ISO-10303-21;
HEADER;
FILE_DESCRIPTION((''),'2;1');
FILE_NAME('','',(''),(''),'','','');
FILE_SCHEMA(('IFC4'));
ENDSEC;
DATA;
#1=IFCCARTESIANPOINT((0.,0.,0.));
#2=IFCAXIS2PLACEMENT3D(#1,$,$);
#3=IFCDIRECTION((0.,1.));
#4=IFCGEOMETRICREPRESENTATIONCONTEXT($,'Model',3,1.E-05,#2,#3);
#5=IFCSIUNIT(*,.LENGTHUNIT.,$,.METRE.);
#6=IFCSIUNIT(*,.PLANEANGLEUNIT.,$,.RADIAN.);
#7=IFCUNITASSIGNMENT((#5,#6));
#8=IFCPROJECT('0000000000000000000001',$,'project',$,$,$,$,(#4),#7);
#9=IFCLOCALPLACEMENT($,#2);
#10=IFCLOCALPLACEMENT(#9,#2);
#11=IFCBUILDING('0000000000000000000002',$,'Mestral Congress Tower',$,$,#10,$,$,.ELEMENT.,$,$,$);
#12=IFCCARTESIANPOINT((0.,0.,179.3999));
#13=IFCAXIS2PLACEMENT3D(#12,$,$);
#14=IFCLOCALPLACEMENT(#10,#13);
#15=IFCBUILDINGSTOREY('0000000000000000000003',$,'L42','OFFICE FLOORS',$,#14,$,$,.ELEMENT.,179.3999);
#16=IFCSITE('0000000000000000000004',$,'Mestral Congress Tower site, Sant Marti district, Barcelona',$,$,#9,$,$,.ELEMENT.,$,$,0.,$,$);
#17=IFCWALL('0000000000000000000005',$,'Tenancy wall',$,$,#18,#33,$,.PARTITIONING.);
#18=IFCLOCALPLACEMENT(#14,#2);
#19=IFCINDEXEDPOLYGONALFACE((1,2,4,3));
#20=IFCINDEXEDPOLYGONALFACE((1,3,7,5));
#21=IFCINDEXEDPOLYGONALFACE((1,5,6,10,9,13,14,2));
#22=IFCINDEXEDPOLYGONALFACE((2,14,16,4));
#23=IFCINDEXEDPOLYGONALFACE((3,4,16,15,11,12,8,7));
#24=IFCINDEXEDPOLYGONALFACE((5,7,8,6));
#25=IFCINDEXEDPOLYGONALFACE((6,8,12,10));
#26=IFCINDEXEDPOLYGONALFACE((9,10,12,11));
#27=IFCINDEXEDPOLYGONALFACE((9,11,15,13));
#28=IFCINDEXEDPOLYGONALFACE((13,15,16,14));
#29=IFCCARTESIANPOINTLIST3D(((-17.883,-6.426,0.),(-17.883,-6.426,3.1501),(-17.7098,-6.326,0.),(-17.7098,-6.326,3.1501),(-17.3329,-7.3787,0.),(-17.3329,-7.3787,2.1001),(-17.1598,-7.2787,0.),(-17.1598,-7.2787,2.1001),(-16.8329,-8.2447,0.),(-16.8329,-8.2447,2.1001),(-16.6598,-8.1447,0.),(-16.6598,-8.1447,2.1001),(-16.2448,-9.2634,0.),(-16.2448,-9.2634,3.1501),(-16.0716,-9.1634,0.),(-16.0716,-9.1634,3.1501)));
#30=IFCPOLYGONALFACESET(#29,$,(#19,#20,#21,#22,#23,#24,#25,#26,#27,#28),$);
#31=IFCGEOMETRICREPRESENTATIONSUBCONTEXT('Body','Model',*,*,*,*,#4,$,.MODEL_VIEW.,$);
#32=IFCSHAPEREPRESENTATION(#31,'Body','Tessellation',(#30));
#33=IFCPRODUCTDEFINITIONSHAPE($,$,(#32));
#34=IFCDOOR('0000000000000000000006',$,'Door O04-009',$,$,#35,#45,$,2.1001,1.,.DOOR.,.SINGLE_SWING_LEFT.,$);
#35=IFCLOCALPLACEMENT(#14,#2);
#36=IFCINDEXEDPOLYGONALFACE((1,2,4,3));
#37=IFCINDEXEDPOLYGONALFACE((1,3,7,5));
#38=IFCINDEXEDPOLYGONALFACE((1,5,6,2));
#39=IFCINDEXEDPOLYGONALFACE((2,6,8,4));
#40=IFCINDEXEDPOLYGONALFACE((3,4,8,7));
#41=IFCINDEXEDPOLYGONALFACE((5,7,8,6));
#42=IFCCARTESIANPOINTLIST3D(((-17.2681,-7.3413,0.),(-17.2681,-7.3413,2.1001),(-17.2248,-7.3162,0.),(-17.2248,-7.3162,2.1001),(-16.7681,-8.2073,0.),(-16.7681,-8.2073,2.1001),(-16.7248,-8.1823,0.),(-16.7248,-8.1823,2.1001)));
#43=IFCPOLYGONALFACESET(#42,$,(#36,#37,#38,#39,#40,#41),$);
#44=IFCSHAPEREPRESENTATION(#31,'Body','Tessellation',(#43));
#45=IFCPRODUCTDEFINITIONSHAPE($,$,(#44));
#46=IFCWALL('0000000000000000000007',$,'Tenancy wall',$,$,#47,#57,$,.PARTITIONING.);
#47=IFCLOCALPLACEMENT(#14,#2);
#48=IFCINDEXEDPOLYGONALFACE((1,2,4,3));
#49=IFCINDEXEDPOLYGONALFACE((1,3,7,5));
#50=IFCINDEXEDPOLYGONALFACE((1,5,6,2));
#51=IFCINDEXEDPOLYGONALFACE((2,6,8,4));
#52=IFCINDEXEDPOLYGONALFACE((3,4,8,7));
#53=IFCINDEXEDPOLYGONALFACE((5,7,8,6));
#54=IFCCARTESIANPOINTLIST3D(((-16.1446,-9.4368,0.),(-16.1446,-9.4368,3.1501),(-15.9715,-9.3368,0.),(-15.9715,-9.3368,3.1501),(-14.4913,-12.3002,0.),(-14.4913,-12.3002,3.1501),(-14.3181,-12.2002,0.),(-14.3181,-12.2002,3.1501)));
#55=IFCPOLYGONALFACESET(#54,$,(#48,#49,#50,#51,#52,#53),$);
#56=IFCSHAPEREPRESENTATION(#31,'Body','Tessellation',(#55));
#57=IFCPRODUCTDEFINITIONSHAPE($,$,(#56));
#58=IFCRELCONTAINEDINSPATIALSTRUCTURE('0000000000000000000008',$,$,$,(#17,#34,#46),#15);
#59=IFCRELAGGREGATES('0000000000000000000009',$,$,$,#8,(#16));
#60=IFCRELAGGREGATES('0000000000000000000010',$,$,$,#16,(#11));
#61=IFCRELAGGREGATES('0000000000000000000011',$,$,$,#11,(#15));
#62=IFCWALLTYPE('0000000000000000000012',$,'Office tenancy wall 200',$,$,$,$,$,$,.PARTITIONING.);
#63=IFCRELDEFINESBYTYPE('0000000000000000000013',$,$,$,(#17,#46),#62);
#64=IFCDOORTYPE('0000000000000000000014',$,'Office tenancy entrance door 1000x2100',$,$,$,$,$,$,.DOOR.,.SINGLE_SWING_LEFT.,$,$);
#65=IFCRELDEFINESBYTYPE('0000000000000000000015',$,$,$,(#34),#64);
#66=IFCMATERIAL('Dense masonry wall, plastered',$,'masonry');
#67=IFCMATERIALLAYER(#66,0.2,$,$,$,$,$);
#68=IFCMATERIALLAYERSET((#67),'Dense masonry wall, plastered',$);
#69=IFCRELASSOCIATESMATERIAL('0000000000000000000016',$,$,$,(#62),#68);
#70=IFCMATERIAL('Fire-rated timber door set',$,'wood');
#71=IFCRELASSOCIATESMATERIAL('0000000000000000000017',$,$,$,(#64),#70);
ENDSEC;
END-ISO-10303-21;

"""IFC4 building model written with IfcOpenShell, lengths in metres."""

from ifc_helpers import new_model, si_unit, direction, frame, frame_2d, origin, place, context, subcontext, project, spatial, rectangle, extrude, material, layer, layer_set, type_object, element, fill, save


model = new_model("IFC4")

# Units and contexts
model_context = context("Model", 3, precision=1e-05, world=origin(), true_north=direction((0.0, 1.0)))
body_context = subcontext(model_context, "Body", "Model", "MODEL_VIEW")
ifc_project = project(units=[si_unit("LENGTHUNIT", "METRE"), si_unit("PLANEANGLEUNIT", "RADIAN")], contexts=[model_context])

# Site, building, storey
site_placement = place(None, origin())
site = spatial("IfcSite", under=ifc_project, at=site_placement, Name="Mestral Congress Tower site, Sant Marti district, Barcelona", CompositionType="ELEMENT", RefElevation=0.0)
building_placement = place(site_placement, origin())
building = spatial("IfcBuilding", under=site, at=building_placement, Name="Mestral Congress Tower", CompositionType="ELEMENT")
storey_placement = place(building_placement, frame((0.0, 0.0, 179.3999)))
storey = spatial("IfcBuildingStorey", under=building, at=storey_placement, Name="L42", Description="OFFICE FLOORS", CompositionType="ELEMENT", Elevation=179.3999)

# Shared definitions
ifc_material_1 = material(Name="Dense masonry wall, plastered", Category="masonry")
ifc_layer_1 = layer(ifc_material_1, 0.2)
ifc_layer_set_1 = layer_set([ifc_layer_1], Name="Dense masonry wall, plastered")
wall_type_1 = type_object("IfcWallType", Name="Office tenancy wall 200", PredefinedType="PARTITIONING", material=ifc_layer_set_1)

# Wall, opening, door
wall_1_placement = place(storey_placement, frame((-17.7964, -6.376, 0.0), z_axis=(0.0, 0.0, 1.0), x_axis=(0.500002, -0.866024, 0.0)))
wall_1 = element("IfcWall", 1, at=wall_1_placement, inside=storey, type_object=wall_type_1, Name="Tenancy wall", PredefinedType="PARTITIONING", context=body_context, shape_type="SweptSolid", body=[
    extrude(rectangle(XDim=3.2764, YDim=0.2, at=frame_2d((1.6382, 0.0))), origin(), (0.0, 0.0, 1.0), 3.1501),
])
opening_1_placement = place(wall_1_placement, frame((1.1001, 0.0, 0.0)))
opening_1 = element("IfcOpeningElement", 2, at=opening_1_placement, cuts=wall_1, PredefinedType="OPENING", context=body_context, shape_type="SweptSolid", body=[
    extrude(rectangle(XDim=1.0, YDim=2.1001, at=frame_2d((0.5, 1.05))), frame((0.0, 0.1099, 0.0), z_axis=(0.0, -1.0, 0.0), x_axis=(1.0, 0.0, 0.0)), (0.0, 0.0, 1.0), 0.22),
])
ifc_material_2 = material(Name="Fire-rated timber door set", Category="wood")
door_type = type_object("IfcDoorType", Name="Office tenancy entrance door 1000x2100", OperationType="SINGLE_SWING_LEFT", PredefinedType="DOOR", material=ifc_material_2)
door_placement = place(opening_1_placement, origin())
door = element("IfcDoor", 3, at=door_placement, inside=storey, type_object=door_type, Name="Door O04-009", OperationType="SINGLE_SWING_LEFT", OverallHeight=2.1001, OverallWidth=1.0, PredefinedType="DOOR", context=body_context, shape_type="SweptSolid", body=[
    extrude(rectangle(XDim=1.0, YDim=2.1001, at=frame_2d((0.5, 1.05))), frame((0.0, 0.0249, 0.0), z_axis=(0.0, -1.0, 0.0), x_axis=(1.0, 0.0, 0.0)), (0.0, 0.0, 1.0), 0.05),
])
fill(opening_1, door)

# Wall
wall_2_placement = place(storey_placement, frame((-16.0581, -9.3867, 0.0), z_axis=(0.0, 0.0, 1.0), x_axis=(0.500046, -0.865999, 0.0)))
element("IfcWall", 4, at=wall_2_placement, inside=storey, type_object=wall_type_1, Name="Tenancy wall", PredefinedType="PARTITIONING", context=body_context, shape_type="SweptSolid", body=[
    extrude(rectangle(XDim=3.3064, YDim=0.2, at=frame_2d((1.6533, 0.0))), origin(), (0.0, 0.0, 1.0), 3.1501),
])

save(model, "model.ifc")
